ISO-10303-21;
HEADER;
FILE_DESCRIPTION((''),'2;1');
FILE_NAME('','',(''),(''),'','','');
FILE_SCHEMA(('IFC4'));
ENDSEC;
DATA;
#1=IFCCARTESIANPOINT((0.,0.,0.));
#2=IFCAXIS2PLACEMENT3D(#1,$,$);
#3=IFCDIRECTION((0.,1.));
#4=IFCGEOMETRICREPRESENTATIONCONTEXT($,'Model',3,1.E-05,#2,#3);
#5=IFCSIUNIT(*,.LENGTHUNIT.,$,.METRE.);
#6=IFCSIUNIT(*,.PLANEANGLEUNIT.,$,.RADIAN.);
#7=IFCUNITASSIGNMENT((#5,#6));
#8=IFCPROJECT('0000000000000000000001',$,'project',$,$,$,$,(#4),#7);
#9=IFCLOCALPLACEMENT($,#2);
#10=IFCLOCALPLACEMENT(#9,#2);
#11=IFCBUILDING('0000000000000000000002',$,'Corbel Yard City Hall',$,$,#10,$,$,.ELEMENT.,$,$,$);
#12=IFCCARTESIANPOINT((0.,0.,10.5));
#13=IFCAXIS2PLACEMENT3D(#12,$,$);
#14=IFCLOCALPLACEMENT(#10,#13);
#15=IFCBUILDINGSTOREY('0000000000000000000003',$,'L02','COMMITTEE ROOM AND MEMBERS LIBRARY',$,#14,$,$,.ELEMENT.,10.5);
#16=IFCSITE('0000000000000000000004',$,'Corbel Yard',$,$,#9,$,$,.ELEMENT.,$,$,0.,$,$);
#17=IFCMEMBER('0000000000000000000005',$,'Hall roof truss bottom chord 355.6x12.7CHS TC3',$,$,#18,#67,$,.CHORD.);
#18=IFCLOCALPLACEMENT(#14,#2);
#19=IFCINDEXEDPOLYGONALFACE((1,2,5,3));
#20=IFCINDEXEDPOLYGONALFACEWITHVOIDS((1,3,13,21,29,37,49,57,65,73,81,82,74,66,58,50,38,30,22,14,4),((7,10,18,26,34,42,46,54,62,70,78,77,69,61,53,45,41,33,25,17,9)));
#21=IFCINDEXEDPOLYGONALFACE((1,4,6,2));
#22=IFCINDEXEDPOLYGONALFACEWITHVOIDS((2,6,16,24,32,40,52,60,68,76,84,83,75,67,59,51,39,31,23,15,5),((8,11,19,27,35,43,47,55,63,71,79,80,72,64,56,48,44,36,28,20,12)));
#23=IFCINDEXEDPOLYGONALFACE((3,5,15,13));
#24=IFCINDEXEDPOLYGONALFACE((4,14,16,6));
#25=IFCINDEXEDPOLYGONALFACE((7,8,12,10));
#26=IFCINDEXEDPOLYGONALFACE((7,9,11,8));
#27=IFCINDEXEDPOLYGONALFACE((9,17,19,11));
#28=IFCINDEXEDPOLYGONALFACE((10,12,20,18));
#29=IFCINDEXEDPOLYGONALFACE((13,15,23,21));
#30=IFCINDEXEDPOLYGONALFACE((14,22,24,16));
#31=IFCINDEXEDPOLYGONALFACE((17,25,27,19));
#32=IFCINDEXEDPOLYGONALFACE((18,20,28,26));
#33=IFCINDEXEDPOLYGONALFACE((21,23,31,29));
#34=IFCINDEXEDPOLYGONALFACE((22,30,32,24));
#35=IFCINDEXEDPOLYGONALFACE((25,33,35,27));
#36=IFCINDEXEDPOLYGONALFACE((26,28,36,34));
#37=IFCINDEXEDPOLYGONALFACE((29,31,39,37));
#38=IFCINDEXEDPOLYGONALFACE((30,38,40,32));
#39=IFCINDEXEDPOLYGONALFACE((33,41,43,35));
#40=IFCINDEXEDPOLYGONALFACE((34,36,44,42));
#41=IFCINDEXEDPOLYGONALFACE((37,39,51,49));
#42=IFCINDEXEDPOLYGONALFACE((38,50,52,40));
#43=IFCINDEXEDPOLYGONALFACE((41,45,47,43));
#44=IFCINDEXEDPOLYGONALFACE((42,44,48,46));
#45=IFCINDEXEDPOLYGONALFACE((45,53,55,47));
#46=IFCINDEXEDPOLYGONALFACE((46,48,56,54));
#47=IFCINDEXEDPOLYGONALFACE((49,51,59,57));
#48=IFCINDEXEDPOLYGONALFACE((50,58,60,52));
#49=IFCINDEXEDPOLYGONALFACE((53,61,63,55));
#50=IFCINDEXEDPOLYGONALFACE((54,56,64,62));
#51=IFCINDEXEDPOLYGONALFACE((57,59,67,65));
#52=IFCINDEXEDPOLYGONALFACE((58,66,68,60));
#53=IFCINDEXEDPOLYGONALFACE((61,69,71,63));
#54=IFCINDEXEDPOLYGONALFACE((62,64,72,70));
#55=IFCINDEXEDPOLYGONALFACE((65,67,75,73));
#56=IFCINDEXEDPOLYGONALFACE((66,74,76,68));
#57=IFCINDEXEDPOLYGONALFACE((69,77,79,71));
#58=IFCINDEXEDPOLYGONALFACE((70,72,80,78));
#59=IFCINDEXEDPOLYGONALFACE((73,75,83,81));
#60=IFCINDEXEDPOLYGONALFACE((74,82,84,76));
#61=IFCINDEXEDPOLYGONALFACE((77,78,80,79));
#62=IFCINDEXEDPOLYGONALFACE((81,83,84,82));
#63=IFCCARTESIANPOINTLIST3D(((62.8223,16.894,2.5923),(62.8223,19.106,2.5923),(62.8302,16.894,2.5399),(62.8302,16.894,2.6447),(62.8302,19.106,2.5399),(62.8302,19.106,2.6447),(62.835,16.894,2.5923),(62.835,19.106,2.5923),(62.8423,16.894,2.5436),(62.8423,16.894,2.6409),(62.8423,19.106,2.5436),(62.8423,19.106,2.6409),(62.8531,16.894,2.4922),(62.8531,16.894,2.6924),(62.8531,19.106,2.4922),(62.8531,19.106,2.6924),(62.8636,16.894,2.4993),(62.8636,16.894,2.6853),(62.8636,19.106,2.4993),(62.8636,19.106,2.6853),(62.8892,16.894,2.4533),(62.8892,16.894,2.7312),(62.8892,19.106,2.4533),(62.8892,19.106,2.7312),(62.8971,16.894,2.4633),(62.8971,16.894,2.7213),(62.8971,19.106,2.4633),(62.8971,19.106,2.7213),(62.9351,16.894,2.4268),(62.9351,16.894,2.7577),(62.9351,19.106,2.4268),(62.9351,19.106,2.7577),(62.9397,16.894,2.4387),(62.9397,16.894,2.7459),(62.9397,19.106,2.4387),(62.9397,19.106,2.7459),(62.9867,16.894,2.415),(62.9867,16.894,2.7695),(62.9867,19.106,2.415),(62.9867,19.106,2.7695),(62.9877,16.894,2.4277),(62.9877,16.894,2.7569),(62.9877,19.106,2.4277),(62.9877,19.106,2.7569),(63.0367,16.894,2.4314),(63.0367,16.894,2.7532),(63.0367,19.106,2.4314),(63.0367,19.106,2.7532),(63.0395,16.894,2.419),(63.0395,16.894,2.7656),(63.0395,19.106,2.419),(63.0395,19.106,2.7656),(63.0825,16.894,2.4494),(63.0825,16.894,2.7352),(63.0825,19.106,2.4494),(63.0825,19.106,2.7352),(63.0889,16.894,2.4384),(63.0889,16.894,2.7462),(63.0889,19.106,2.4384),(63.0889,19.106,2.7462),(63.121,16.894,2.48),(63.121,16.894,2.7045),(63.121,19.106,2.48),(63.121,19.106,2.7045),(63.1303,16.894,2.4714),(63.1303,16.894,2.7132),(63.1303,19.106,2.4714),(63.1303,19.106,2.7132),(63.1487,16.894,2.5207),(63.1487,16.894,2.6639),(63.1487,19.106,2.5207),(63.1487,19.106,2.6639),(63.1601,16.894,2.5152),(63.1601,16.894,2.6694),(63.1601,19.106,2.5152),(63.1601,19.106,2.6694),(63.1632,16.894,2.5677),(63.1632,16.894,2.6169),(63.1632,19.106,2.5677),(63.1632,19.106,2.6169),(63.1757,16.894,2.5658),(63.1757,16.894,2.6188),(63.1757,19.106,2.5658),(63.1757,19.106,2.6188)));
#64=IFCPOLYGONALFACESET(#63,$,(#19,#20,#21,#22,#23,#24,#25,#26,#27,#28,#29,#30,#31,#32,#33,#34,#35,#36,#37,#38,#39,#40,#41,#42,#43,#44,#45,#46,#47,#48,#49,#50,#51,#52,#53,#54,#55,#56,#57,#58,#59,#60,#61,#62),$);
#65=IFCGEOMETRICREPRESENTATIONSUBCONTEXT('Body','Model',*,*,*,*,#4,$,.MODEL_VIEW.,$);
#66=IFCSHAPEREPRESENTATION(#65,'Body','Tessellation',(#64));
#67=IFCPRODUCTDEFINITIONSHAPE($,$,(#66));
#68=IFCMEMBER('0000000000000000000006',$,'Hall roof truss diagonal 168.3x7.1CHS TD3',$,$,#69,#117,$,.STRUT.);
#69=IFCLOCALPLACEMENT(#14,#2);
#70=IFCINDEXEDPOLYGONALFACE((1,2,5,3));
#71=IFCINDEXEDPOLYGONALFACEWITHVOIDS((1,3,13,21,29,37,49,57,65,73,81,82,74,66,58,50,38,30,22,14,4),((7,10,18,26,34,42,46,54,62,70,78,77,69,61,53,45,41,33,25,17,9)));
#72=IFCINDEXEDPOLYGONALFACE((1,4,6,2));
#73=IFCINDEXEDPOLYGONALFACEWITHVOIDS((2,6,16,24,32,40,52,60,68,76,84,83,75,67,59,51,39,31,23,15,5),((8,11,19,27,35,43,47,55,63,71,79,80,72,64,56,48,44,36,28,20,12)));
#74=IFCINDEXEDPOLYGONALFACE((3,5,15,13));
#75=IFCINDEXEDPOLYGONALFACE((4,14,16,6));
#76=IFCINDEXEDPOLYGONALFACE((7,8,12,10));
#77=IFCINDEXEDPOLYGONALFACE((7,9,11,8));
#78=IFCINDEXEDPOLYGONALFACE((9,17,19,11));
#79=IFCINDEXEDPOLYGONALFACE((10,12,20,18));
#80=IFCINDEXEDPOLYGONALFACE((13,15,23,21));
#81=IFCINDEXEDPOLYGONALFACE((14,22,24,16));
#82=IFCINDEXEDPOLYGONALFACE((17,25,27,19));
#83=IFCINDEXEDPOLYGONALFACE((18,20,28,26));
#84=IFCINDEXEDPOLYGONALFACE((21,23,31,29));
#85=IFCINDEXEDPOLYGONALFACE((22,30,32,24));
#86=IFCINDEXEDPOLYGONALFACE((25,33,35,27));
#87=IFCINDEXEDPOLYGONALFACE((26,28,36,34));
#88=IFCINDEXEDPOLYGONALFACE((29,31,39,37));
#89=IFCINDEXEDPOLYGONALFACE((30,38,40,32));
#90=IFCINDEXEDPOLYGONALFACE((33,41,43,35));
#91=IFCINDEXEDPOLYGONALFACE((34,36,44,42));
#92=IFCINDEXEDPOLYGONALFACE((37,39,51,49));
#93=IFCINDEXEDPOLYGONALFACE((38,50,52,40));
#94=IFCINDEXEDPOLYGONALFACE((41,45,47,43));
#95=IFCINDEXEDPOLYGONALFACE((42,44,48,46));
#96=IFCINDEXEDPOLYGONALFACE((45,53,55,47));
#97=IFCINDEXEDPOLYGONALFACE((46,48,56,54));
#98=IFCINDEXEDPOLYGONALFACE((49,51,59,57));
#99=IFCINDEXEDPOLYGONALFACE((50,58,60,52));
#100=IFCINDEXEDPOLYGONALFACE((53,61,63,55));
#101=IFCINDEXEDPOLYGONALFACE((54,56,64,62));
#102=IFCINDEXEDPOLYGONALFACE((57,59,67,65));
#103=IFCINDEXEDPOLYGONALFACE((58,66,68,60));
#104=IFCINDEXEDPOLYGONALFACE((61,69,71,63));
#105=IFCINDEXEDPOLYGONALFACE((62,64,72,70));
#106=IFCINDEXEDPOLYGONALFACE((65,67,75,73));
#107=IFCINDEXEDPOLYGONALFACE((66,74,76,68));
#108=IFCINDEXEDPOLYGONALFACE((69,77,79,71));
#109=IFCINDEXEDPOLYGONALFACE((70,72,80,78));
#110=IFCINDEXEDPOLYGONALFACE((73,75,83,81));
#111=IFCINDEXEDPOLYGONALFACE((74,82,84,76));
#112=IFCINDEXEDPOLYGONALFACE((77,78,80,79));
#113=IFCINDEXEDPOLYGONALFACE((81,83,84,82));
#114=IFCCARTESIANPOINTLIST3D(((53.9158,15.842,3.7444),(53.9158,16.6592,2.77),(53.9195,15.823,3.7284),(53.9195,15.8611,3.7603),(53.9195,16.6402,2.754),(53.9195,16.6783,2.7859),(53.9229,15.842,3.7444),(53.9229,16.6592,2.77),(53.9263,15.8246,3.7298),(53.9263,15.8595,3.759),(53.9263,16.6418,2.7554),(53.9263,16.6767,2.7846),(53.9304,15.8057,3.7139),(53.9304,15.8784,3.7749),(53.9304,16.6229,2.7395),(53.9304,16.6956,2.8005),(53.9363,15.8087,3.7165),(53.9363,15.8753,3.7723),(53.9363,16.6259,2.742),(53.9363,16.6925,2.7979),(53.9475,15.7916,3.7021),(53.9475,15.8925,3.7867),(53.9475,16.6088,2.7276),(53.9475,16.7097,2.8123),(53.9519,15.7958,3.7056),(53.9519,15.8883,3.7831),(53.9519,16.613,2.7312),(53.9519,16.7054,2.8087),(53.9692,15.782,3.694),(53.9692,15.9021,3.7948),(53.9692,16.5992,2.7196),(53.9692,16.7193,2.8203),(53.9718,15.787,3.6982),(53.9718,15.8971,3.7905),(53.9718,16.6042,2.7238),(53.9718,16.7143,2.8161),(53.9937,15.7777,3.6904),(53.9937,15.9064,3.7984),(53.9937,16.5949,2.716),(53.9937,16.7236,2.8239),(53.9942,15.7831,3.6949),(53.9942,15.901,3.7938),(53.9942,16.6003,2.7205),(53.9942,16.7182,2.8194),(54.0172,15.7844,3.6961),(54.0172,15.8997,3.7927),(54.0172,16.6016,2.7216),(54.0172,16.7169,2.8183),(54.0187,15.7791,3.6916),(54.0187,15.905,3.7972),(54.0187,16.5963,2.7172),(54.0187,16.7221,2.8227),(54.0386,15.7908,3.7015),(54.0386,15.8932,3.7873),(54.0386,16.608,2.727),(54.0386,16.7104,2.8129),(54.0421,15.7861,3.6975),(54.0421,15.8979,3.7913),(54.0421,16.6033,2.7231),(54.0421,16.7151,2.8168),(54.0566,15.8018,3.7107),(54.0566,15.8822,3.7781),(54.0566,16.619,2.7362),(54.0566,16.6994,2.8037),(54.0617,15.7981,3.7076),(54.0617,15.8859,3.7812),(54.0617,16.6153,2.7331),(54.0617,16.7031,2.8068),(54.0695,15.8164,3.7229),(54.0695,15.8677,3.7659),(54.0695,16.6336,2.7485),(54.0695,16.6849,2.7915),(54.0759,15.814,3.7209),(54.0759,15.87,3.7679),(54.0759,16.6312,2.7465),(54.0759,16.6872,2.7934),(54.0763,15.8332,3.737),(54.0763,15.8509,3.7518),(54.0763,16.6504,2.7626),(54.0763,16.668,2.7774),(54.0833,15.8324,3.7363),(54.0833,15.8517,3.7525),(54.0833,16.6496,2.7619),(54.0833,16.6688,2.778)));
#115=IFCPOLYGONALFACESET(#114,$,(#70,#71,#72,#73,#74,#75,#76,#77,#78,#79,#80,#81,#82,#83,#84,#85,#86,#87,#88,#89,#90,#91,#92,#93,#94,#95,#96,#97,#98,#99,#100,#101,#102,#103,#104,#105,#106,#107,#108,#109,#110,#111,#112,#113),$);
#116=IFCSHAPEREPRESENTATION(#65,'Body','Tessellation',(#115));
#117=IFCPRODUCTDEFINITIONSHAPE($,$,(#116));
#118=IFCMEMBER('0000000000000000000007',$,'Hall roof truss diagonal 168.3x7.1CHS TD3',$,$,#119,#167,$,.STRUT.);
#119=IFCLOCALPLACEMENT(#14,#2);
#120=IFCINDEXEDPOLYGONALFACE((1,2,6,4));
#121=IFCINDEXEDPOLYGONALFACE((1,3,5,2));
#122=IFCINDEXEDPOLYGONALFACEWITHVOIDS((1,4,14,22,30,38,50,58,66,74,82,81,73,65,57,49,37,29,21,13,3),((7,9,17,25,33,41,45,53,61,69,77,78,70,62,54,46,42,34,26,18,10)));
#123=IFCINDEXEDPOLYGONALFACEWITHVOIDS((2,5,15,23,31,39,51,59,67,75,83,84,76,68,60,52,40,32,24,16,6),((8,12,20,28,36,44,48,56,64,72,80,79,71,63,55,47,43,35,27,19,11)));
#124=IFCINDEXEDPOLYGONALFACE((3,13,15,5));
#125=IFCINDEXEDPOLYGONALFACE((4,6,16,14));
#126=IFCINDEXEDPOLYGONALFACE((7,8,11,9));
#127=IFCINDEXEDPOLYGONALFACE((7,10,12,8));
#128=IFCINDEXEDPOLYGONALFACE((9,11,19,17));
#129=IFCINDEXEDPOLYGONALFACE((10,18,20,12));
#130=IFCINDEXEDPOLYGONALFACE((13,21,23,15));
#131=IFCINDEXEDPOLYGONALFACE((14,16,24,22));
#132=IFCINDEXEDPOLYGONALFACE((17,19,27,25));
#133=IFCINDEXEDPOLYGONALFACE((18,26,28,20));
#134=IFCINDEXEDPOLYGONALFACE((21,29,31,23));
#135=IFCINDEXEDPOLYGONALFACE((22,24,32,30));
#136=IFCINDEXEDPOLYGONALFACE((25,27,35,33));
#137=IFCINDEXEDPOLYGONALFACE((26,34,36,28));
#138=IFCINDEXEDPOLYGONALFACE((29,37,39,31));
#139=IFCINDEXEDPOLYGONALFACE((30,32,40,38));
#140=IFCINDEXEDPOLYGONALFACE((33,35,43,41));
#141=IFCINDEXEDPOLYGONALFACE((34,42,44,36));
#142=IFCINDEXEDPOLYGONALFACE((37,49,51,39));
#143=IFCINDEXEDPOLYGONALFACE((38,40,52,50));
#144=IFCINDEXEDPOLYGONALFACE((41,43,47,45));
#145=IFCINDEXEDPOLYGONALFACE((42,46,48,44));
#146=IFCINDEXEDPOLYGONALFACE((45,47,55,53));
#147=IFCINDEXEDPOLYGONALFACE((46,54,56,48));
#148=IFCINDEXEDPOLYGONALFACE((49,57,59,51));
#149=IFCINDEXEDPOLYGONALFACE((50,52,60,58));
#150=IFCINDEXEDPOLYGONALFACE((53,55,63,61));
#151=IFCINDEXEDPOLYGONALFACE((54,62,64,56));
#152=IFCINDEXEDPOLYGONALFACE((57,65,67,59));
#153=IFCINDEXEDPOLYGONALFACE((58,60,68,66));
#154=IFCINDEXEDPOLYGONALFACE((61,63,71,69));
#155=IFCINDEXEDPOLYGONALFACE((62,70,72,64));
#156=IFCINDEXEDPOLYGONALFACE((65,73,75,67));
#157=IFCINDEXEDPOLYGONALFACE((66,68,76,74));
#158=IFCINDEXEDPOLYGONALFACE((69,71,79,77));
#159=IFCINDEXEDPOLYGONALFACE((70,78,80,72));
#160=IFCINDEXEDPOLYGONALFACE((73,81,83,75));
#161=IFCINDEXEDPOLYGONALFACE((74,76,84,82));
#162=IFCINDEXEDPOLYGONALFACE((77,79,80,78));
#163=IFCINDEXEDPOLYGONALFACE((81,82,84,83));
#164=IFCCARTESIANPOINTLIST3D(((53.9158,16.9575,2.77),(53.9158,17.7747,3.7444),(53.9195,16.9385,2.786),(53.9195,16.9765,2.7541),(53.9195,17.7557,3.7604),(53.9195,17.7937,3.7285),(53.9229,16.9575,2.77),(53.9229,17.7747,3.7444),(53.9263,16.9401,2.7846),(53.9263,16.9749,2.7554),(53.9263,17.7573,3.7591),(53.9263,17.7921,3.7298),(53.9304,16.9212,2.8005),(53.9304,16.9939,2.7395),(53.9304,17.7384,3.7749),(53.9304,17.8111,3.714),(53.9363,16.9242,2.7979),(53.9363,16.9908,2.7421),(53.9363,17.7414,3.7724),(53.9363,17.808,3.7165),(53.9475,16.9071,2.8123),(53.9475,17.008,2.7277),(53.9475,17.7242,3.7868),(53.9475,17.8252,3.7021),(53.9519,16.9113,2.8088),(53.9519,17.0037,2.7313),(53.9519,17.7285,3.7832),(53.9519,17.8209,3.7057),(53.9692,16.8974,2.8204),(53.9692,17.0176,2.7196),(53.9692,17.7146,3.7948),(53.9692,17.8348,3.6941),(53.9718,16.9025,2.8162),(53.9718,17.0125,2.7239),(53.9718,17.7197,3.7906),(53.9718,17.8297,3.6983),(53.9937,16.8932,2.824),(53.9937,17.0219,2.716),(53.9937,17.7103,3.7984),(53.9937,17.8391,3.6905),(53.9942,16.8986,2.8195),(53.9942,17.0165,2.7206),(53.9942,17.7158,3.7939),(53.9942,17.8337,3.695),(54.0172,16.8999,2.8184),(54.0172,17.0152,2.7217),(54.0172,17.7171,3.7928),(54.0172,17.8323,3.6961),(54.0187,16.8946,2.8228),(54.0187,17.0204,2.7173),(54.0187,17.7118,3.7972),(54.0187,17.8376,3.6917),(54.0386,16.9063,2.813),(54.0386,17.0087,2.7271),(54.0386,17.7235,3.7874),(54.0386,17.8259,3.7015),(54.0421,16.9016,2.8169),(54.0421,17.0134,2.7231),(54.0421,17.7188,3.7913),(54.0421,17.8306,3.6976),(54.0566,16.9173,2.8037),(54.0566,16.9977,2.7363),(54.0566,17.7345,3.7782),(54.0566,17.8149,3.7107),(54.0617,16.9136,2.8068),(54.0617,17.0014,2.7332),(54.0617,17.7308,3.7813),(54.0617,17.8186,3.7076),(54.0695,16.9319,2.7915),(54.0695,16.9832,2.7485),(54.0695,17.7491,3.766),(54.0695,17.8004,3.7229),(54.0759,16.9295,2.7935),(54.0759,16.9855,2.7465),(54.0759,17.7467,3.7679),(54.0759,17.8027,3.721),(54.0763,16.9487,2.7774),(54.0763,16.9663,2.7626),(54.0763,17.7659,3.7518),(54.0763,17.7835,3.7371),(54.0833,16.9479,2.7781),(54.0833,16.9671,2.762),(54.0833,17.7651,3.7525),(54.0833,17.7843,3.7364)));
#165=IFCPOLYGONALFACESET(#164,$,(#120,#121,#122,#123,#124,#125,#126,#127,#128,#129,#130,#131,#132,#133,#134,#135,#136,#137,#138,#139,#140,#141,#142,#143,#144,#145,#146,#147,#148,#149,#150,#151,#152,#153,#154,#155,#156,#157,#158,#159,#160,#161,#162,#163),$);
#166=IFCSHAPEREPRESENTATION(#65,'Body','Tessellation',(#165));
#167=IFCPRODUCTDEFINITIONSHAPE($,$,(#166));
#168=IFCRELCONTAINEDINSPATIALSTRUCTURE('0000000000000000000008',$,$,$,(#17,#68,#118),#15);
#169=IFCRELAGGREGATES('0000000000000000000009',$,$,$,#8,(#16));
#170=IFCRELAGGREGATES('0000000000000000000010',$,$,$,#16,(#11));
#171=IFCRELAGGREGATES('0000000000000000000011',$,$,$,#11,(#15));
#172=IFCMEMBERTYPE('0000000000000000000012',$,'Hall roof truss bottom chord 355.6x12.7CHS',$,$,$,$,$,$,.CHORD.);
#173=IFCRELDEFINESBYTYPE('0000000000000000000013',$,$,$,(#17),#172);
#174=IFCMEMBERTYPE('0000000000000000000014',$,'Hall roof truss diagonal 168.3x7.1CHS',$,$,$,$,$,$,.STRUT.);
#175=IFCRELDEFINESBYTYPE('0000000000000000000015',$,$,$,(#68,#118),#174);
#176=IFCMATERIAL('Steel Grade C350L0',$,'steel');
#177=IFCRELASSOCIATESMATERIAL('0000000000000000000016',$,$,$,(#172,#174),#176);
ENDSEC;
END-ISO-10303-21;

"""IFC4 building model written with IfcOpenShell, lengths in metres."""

from ifc_helpers import new_model, si_unit, direction, frame, origin, origin_2d, place, context, subcontext, project, spatial, hollow_circle, extrude, material, material_profile, profile_set, type_object, element, save


model = new_model("IFC4")

# Units and contexts
model_context = context("Model", 3, precision=1e-05, world=origin(), true_north=direction((0.0, 1.0)))
body_context = subcontext(model_context, "Body", "Model", "MODEL_VIEW")
ifc_project = project(units=[si_unit("LENGTHUNIT", "METRE"), si_unit("PLANEANGLEUNIT", "RADIAN")], contexts=[model_context])

# Site, building, storey
site_placement = place(None, origin())
site = spatial("IfcSite", under=ifc_project, at=site_placement, Name="Corbel Yard", CompositionType="ELEMENT", RefElevation=0.0)
building_placement = place(site_placement, origin())
building = spatial("IfcBuilding", under=site, at=building_placement, Name="Corbel Yard City Hall", CompositionType="ELEMENT")
storey_placement = place(building_placement, frame((0.0, 0.0, 10.5)))
storey = spatial("IfcBuildingStorey", under=building, at=storey_placement, Name="L02", Description="COMMITTEE ROOM AND MEMBERS LIBRARY", CompositionType="ELEMENT", Elevation=10.5)

# Members
ifc_material_1 = material(Name="Steel Grade C350L0", Category="steel")
ifc_material_profile_1 = material_profile(ifc_material_1, hollow_circle(Radius=0.1777, WallThickness=0.0127, at=origin_2d()), Name="355.6x12.7CHS")
ifc_profile_set_1 = profile_set([ifc_material_profile_1], Name="Steel Grade C350L0")
member_type_1 = type_object("IfcMemberType", Name="Hall roof truss bottom chord 355.6x12.7CHS", PredefinedType="CHORD", material=ifc_profile_set_1)
for number, where, z_axis, x_axis, name in (
    (1, (63.0, 16.894, 2.5923), (0.0, 1.0, 0.0), (-1.0, 0.0, 0.0), "Hall roof truss bottom chord 355.6x12.7CHS TC3"),
):
    element("IfcMember", number, at=place(storey_placement, frame(where, z_axis=z_axis, x_axis=x_axis)), inside=storey, type_object=member_type_1, Name=name, PredefinedType="CHORD", context=body_context, shape_type="SweptSolid", body=[
        extrude(hollow_circle(Radius=0.1777, WallThickness=0.0127, at=origin_2d()), origin(), (0.0, 0.0, 1.0), 2.2119),
    ])
ifc_material_profile_2 = material_profile(ifc_material_1, hollow_circle(Radius=0.0842, WallThickness=0.0071, at=origin_2d()), Name="168.3x7.1CHS")
ifc_profile_set_2 = profile_set([ifc_material_profile_2], Name="Steel Grade C350L0")
member_type_2 = type_object("IfcMemberType", Name="Hall roof truss diagonal 168.3x7.1CHS", PredefinedType="STRUT", material=ifc_profile_set_2)
for number, where, z_axis, x_axis, name in (
    (2, (54.0, 15.842, 3.7444), (0.0, 0.64258, -0.766219), (-1.0, 0.0, 0.0), "Hall roof truss diagonal 168.3x7.1CHS TD3"),
    (3, (54.0, 16.9575, 2.77), (0.0, 0.64258, 0.766219), (-1.0, 0.0, 0.0), "Hall roof truss diagonal 168.3x7.1CHS TD3"),
):
    element("IfcMember", number, at=place(storey_placement, frame(where, z_axis=z_axis, x_axis=x_axis)), inside=storey, type_object=member_type_2, Name=name, PredefinedType="STRUT", context=body_context, shape_type="SweptSolid", body=[
        extrude(hollow_circle(Radius=0.0842, WallThickness=0.0071, at=origin_2d()), origin(), (0.0, 0.0, 1.0), 1.2717),
    ])

save(model, "model.ifc")
